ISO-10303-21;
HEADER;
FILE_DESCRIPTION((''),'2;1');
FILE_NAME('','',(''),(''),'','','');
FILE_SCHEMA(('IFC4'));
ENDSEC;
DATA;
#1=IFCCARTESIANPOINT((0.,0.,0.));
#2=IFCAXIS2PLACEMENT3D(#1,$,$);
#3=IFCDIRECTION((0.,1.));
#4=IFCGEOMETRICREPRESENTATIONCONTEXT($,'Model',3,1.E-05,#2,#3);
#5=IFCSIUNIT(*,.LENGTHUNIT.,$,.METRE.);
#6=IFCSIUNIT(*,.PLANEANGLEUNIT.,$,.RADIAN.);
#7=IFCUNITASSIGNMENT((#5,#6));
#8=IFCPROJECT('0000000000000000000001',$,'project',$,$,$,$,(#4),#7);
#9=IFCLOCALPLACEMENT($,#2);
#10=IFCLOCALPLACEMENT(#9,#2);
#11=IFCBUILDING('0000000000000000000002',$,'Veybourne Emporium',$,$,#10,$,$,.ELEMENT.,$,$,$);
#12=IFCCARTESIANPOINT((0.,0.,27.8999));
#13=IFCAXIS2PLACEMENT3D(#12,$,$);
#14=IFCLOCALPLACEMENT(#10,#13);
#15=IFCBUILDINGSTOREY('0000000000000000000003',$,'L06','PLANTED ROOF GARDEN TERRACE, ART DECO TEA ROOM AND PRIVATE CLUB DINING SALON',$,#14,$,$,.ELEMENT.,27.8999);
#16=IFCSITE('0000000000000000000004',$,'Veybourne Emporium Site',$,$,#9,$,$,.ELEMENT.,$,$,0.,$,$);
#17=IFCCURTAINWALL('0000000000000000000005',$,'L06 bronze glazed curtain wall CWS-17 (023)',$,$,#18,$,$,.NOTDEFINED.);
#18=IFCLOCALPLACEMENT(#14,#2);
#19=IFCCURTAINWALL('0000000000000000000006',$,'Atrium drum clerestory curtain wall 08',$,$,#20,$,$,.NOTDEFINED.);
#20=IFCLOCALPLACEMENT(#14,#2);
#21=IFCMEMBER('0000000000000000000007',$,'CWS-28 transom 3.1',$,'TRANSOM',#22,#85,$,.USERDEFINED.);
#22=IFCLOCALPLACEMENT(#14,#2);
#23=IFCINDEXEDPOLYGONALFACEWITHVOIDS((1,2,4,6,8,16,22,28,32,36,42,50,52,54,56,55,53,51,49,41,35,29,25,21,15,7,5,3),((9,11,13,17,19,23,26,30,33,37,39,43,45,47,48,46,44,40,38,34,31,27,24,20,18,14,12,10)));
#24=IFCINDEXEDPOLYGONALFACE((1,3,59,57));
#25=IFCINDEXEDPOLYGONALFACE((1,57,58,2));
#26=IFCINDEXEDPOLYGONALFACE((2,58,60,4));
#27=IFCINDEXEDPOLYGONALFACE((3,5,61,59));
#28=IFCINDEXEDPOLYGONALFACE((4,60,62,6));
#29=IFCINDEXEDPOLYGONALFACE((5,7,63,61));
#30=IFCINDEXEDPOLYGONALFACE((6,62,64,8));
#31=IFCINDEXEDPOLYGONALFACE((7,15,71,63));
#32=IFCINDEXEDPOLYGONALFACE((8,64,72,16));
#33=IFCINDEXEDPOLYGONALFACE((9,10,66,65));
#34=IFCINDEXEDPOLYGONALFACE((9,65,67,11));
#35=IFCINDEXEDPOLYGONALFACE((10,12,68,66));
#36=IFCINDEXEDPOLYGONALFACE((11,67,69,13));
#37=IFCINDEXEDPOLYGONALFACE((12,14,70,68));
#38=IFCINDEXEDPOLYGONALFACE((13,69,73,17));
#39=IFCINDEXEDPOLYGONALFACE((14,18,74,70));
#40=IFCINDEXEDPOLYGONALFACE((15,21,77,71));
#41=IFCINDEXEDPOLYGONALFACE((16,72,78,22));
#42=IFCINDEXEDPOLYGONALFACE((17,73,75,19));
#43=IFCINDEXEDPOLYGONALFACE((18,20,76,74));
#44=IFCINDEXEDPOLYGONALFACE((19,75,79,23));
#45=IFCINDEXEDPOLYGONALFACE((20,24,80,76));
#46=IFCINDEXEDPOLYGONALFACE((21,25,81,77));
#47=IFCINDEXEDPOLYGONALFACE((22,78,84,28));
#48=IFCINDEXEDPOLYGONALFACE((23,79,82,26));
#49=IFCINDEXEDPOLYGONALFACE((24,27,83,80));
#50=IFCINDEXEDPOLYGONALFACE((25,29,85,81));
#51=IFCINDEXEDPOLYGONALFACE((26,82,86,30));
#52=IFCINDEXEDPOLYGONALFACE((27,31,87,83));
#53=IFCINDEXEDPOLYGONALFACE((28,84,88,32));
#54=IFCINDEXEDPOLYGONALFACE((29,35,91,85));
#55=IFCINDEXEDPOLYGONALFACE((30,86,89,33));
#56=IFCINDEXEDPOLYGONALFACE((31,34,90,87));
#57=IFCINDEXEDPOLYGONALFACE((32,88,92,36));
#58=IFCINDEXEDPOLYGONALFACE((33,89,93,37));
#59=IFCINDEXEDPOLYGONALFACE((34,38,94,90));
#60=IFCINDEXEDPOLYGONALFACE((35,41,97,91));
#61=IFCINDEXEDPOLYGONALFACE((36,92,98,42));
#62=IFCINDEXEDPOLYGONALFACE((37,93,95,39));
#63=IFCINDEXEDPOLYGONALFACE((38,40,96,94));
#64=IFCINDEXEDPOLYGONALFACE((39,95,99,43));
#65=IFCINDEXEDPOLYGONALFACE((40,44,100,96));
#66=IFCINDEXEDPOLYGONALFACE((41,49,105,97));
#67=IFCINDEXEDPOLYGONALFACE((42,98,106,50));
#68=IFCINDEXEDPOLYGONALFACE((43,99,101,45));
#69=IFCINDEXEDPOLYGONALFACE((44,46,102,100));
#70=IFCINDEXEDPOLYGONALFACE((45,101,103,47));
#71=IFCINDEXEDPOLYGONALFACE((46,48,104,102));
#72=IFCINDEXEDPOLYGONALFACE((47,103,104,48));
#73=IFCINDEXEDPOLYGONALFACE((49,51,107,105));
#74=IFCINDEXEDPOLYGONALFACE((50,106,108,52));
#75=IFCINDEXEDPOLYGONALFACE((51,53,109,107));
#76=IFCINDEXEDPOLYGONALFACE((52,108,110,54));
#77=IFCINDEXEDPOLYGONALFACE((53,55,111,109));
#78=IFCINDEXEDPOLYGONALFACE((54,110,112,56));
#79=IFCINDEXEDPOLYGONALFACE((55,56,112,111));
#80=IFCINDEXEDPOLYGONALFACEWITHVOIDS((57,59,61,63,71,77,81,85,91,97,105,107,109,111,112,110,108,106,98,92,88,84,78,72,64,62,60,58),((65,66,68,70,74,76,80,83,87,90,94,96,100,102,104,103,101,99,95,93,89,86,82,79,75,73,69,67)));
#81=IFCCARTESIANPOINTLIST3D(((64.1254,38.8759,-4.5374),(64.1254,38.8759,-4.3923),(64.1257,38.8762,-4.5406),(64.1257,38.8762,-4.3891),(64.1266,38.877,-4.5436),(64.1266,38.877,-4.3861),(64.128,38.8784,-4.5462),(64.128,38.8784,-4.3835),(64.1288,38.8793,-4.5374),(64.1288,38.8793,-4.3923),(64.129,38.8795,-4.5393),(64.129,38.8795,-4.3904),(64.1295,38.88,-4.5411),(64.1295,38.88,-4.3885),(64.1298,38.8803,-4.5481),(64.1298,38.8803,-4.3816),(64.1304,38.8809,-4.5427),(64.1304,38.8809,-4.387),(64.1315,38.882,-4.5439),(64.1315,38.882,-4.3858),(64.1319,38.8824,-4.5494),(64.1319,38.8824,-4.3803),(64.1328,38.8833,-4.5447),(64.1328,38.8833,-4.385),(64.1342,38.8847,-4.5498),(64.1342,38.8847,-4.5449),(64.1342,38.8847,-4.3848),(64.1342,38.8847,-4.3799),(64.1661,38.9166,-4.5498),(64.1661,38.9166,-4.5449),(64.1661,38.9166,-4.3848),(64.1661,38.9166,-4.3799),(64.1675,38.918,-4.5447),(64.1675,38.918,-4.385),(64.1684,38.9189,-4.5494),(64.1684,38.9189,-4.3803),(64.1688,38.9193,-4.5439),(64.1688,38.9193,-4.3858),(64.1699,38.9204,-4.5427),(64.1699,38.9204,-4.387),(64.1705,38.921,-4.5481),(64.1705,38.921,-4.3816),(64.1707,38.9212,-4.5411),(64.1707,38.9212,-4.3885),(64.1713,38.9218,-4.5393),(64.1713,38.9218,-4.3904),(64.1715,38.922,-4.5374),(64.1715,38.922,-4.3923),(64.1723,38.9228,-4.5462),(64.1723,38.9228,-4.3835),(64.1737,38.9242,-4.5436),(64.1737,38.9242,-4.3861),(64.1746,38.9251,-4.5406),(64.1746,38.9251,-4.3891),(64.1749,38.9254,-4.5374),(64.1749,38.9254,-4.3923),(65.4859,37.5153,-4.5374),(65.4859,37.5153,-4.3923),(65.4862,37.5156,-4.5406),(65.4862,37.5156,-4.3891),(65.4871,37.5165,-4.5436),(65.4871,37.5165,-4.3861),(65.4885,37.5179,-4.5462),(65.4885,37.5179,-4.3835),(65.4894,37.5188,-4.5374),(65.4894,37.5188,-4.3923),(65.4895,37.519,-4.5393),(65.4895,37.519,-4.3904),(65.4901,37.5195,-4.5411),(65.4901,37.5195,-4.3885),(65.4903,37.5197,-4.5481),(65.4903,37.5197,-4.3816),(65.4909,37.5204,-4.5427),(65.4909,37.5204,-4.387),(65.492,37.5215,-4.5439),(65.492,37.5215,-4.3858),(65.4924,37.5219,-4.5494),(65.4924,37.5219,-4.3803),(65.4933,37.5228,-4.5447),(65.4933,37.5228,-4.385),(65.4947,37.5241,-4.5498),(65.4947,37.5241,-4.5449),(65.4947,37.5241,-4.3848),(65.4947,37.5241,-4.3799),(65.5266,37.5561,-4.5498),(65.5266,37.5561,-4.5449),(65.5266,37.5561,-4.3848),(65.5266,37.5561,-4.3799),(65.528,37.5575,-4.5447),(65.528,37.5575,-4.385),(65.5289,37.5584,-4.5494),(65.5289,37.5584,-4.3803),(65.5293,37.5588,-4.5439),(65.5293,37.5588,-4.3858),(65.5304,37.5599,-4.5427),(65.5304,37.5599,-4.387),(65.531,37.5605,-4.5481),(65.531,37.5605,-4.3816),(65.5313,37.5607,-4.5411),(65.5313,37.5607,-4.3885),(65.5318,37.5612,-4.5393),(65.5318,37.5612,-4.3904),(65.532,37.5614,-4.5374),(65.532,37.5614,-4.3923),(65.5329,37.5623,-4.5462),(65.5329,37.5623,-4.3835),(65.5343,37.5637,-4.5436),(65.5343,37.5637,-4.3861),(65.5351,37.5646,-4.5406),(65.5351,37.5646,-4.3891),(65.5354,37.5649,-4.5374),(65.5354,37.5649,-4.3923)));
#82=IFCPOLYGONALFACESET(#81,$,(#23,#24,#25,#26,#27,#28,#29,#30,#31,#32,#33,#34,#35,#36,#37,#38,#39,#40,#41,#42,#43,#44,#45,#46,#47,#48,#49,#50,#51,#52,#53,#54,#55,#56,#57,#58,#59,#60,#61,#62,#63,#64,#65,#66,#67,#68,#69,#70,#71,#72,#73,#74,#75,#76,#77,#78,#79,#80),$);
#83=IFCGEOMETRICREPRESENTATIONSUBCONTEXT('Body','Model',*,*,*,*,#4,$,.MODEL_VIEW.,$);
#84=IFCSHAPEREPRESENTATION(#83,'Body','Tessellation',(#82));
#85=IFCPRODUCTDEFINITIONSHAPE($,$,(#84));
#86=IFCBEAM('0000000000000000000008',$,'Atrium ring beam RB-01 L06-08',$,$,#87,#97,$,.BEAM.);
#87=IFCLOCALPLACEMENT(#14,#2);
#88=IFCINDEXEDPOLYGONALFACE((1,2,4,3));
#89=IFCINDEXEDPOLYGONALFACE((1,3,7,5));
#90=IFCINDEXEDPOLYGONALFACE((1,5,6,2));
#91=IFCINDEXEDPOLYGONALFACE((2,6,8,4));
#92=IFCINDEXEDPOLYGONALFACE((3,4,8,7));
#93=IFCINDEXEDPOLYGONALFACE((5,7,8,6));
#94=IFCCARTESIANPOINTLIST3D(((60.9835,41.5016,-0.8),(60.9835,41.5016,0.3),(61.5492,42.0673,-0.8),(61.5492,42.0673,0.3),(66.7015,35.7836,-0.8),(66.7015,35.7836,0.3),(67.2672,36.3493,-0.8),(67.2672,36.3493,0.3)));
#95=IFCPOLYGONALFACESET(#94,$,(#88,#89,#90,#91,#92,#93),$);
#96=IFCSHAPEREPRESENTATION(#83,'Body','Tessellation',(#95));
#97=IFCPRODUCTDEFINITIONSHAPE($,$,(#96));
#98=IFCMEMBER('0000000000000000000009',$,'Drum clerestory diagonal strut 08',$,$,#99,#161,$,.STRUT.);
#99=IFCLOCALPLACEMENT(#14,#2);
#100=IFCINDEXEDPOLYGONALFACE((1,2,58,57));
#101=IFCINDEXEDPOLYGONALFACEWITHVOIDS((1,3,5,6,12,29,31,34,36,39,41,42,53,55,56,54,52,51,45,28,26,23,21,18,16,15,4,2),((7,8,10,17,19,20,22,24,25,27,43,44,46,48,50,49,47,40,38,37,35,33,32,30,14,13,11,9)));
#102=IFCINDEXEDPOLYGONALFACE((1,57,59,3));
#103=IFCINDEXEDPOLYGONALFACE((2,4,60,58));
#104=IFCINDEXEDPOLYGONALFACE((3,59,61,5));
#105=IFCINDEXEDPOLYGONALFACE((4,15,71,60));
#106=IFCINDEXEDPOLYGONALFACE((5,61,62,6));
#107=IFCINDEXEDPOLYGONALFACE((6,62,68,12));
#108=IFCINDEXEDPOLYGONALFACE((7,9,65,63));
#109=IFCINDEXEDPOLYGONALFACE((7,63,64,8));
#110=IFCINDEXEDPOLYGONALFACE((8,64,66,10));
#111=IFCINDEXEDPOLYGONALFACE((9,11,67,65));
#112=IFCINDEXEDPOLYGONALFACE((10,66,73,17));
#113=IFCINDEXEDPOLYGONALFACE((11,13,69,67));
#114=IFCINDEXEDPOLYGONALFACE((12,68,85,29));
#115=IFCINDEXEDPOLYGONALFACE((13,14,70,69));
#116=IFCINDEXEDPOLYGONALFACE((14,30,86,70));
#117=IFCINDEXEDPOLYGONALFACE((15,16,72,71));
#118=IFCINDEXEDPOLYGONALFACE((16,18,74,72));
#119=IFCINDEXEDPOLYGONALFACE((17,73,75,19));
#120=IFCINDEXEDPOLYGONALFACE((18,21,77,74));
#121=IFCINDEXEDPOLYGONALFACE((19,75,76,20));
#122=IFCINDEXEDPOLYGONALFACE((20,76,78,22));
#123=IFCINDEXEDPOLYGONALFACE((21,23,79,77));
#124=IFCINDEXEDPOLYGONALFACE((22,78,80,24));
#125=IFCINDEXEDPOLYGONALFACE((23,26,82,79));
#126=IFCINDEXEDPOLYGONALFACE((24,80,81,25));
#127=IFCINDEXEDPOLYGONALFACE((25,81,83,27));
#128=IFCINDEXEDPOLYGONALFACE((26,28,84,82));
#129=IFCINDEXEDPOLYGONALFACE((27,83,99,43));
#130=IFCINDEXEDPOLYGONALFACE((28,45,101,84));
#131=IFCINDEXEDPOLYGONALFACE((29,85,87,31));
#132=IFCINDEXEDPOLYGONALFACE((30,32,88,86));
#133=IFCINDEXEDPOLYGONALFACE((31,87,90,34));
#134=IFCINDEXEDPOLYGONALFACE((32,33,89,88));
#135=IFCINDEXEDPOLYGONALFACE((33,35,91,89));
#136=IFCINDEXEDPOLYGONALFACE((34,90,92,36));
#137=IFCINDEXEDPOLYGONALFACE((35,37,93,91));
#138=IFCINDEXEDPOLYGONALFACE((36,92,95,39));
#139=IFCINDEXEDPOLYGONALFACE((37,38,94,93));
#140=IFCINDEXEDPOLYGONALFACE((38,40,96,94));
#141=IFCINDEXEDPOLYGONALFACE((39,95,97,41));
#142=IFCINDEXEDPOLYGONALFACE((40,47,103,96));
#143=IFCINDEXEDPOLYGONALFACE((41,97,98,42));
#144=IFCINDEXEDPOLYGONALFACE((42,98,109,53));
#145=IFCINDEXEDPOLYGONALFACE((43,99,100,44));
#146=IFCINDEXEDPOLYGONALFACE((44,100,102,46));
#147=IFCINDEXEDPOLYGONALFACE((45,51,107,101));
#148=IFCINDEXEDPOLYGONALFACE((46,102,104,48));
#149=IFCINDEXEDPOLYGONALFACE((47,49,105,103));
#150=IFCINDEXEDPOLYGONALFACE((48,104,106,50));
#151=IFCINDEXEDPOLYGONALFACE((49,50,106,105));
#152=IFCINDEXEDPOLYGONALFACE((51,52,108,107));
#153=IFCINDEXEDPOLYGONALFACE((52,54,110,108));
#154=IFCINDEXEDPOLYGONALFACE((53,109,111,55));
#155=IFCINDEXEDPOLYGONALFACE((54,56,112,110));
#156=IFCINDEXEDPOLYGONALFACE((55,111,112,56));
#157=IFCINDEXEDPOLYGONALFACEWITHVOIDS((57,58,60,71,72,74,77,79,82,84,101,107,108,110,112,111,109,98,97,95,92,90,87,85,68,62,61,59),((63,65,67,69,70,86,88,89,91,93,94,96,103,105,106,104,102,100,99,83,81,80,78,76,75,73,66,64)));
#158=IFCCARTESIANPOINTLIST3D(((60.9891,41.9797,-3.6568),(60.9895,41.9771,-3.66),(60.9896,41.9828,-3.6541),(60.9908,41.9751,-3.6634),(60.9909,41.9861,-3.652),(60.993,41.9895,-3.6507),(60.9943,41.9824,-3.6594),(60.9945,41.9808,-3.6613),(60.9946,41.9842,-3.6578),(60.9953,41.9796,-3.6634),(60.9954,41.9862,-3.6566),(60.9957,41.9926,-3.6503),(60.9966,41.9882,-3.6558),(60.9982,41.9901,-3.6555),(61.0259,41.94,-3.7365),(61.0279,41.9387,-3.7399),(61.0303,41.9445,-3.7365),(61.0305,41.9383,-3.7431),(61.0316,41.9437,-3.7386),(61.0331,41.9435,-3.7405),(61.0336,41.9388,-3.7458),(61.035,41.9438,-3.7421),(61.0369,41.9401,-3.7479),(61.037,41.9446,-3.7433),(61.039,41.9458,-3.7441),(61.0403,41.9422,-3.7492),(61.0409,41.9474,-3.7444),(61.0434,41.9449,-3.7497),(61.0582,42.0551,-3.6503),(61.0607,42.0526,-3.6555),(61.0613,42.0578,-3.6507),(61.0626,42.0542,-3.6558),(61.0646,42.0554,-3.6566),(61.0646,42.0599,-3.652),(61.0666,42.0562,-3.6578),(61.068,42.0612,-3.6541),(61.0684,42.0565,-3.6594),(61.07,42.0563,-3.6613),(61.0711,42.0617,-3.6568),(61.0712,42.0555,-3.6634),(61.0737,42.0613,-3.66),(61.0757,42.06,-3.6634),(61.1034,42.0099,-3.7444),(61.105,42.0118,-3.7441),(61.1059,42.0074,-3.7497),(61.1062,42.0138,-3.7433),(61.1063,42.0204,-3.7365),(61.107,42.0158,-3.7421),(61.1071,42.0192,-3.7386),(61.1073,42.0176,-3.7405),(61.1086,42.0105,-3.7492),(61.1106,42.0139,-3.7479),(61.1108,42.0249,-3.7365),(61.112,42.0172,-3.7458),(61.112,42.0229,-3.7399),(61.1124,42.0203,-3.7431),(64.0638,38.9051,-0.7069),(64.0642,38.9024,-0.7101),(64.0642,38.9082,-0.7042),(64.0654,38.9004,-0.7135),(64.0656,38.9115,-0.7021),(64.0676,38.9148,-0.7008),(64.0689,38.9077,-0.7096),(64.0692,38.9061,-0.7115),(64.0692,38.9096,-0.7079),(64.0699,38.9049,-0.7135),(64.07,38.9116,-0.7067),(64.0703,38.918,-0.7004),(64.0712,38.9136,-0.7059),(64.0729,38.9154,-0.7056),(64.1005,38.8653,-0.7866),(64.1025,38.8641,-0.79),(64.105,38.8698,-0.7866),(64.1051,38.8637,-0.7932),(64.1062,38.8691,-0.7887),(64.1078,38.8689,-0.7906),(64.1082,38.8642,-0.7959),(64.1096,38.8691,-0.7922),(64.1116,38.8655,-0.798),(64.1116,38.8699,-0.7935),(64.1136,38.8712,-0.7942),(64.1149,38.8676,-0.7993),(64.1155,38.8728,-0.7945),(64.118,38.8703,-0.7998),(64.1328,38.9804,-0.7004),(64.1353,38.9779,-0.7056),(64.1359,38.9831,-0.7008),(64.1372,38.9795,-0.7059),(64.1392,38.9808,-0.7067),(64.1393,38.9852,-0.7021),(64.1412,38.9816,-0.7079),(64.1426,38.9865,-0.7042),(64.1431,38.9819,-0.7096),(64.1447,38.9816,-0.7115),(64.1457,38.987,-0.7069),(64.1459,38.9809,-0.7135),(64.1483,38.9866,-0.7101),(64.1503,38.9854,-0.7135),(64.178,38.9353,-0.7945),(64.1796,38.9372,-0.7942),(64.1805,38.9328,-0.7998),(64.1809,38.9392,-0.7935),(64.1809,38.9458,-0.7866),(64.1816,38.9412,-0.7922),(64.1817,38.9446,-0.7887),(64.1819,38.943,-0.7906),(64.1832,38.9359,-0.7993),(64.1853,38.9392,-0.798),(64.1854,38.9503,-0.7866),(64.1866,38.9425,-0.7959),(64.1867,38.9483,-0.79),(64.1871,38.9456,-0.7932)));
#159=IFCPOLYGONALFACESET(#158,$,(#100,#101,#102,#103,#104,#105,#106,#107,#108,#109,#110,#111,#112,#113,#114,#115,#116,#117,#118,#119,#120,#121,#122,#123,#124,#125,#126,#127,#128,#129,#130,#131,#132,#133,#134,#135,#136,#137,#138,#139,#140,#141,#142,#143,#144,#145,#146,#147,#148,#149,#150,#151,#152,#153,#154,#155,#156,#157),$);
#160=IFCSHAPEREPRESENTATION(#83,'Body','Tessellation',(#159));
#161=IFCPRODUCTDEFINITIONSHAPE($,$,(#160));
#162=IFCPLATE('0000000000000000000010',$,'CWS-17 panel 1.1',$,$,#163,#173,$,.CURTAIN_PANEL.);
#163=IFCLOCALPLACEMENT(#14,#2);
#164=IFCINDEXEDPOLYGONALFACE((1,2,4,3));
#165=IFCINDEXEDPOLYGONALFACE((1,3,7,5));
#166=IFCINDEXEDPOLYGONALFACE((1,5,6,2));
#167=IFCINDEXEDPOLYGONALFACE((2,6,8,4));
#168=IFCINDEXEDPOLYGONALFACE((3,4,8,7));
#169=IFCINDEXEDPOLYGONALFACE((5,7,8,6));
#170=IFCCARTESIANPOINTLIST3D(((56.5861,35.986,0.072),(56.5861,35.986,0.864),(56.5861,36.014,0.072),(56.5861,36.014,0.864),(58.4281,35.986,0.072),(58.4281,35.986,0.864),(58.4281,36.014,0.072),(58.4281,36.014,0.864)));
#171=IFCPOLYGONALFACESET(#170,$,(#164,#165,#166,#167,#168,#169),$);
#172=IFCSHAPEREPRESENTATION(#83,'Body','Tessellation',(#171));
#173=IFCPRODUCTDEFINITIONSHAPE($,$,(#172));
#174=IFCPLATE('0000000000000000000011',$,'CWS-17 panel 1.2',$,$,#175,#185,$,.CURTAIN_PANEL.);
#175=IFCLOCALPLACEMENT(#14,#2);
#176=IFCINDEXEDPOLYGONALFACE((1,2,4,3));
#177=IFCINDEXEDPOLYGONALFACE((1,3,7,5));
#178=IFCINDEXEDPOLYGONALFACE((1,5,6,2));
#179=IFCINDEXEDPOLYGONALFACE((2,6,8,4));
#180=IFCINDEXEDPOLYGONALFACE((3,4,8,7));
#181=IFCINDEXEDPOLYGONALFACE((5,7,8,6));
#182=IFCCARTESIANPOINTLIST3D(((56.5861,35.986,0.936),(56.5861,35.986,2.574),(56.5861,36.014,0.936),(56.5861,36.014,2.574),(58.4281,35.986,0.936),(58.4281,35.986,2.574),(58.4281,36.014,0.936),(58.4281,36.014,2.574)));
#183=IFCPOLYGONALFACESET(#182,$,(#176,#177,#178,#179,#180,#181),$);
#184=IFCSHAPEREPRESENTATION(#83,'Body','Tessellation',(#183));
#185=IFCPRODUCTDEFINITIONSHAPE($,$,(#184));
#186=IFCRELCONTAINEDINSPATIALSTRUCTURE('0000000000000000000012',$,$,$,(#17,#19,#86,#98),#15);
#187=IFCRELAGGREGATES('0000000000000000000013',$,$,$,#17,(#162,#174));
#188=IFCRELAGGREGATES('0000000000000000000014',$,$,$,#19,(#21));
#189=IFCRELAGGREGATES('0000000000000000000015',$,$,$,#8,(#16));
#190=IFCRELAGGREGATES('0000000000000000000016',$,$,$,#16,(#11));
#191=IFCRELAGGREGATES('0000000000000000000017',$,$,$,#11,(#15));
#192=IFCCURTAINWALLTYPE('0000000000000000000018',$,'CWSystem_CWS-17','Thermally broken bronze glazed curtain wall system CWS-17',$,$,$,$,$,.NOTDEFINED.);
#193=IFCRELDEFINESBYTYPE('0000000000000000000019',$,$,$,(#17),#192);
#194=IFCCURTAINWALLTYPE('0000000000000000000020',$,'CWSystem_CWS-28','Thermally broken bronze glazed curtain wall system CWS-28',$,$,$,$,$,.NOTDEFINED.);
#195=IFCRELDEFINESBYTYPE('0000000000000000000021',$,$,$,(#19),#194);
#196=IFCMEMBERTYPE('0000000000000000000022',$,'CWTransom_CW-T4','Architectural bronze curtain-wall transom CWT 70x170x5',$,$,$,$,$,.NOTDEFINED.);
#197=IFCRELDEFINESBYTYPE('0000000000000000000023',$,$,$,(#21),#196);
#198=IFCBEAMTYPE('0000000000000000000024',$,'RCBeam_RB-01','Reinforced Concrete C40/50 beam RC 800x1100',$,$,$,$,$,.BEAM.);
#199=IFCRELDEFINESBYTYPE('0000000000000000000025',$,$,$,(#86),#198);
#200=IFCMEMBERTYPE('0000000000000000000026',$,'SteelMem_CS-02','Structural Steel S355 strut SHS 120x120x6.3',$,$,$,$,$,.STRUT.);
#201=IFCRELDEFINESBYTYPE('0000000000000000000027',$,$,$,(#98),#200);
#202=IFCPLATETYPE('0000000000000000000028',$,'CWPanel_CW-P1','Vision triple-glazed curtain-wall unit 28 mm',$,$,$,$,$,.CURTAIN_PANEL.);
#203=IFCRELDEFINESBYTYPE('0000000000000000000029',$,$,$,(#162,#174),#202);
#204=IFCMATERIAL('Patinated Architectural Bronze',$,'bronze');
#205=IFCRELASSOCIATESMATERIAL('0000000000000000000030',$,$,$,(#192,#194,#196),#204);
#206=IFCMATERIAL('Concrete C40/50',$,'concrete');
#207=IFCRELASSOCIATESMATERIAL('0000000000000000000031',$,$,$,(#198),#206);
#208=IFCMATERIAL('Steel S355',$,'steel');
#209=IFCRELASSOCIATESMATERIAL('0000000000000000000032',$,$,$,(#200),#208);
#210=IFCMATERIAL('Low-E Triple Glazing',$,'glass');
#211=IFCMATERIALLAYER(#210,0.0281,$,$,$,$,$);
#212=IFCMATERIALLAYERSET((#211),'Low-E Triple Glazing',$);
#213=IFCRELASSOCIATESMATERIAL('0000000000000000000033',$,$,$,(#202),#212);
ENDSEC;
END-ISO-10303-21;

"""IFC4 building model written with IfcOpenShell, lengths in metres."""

from ifc_helpers import new_model, si_unit, direction, frame, origin, origin_2d, place, context, subcontext, project, spatial, rectangle, hollow_rectangle, extrude, material, layer, layer_set, material_profile, profile_set, type_object, element, aggregate, save


model = new_model("IFC4")

# Units and contexts
model_context = context("Model", 3, precision=1e-05, world=origin(), true_north=direction((0.0, 1.0)))
body_context = subcontext(model_context, "Body", "Model", "MODEL_VIEW")
ifc_project = project(units=[si_unit("LENGTHUNIT", "METRE"), si_unit("PLANEANGLEUNIT", "RADIAN")], contexts=[model_context])

# Site, building, storey
site_placement = place(None, origin())
site = spatial("IfcSite", under=ifc_project, at=site_placement, Name="Veybourne Emporium Site", CompositionType="ELEMENT", RefElevation=0.0)
building_placement = place(site_placement, origin())
building = spatial("IfcBuilding", under=site, at=building_placement, Name="Veybourne Emporium", CompositionType="ELEMENT")
storey_placement = place(building_placement, frame((0.0, 0.0, 27.8999)))
storey = spatial("IfcBuildingStorey", under=building, at=storey_placement, Name="L06", Description="PLANTED ROOF GARDEN TERRACE, ART DECO TEA ROOM AND PRIVATE CLUB DINING SALON", CompositionType="ELEMENT", Elevation=27.8999)

# Shared definitions
ifc_material_1 = material(Name="Concrete C40/50", Category="concrete")

# Curtain wall
ifc_material_2 = material(Name="Patinated Architectural Bronze", Category="bronze")
curtain_wall_type_1 = type_object("IfcCurtainWallType", Name="CWSystem_CWS-17", Description="Thermally broken bronze glazed curtain wall system CWS-17", PredefinedType="NOTDEFINED", material=ifc_material_2)
curtain_wall_1_placement = place(storey_placement, origin())
curtain_wall_1 = element("IfcCurtainWall", 1, at=curtain_wall_1_placement, inside=storey, type_object=curtain_wall_type_1, Name="L06 bronze glazed curtain wall CWS-17 (023)", PredefinedType="NOTDEFINED")

# Curtain wall
curtain_wall_type_2 = type_object("IfcCurtainWallType", Name="CWSystem_CWS-28", Description="Thermally broken bronze glazed curtain wall system CWS-28", PredefinedType="NOTDEFINED", material=ifc_material_2)
curtain_wall_2_placement = place(storey_placement, origin())
curtain_wall_2 = element("IfcCurtainWall", 2, at=curtain_wall_2_placement, inside=storey, type_object=curtain_wall_type_2, Name="Atrium drum clerestory curtain wall 08", PredefinedType="NOTDEFINED")

# Member
ifc_material_profile_1 = material_profile(ifc_material_2, hollow_rectangle(XDim=0.0701, YDim=0.1699, WallThickness=0.0049, InnerFilletRadius=0.0076, OuterFilletRadius=0.0125, at=origin_2d()), Name="CWT 70x170x5")
ifc_profile_set_1 = profile_set([ifc_material_profile_1], Name="Patinated Architectural Bronze")
member_type_1 = type_object("IfcMemberType", Name="CWTransom_CW-T4", Description="Architectural bronze curtain-wall transom CWT 70x170x5", PredefinedType="NOTDEFINED", material=ifc_profile_set_1)
member_1_placement = place(storey_placement, frame((64.1501, 38.9006, -4.4648), z_axis=(0.707107, -0.707107, 0.0), x_axis=(0.707107, 0.707107, 0.0)))
member_1 = element("IfcMember", 3, at=member_1_placement, type_object=member_type_1, Name="CWS-28 transom 3.1", ObjectType="TRANSOM", PredefinedType="USERDEFINED", context=body_context, shape_type="SweptSolid", body=[
    extrude(hollow_rectangle(XDim=0.0701, YDim=0.1699, WallThickness=0.0049, InnerFilletRadius=0.0076, OuterFilletRadius=0.0125, at=origin_2d()), origin(), (0.0, 0.0, 1.0), 1.9241),
])

# Beam
ifc_material_profile_2 = material_profile(ifc_material_1, rectangle(XDim=0.8, YDim=1.1001, at=origin_2d()), Name="RC 800x1100")
ifc_profile_set_2 = profile_set([ifc_material_profile_2], Name="Concrete C40/50")
beam_type = type_object("IfcBeamType", Name="RCBeam_RB-01", Description="Reinforced Concrete C40/50 beam RC 800x1100", PredefinedType="BEAM", material=ifc_profile_set_2)
beam_placement = place(storey_placement, frame((61.2664, 41.7844, -0.25), z_axis=(0.707107, -0.707107, 0.0), x_axis=(0.707107, 0.707107, 0.0)))
element("IfcBeam", 4, at=beam_placement, inside=storey, type_object=beam_type, Name="Atrium ring beam RB-01 L06-08", PredefinedType="BEAM", context=body_context, shape_type="SweptSolid", body=[
    extrude(rectangle(XDim=0.8, YDim=1.1001, at=origin_2d()), origin(), (0.0, 0.0, 1.0), 8.0864),
])

# Member
ifc_material_3 = material(Name="Steel S355", Category="steel")
ifc_material_profile_3 = material_profile(ifc_material_3, hollow_rectangle(XDim=0.1201, YDim=0.1201, WallThickness=0.0063, InnerFilletRadius=0.0095, OuterFilletRadius=0.0159, at=origin_2d()), Name="SHS 120x120x6.3")
ifc_profile_set_3 = profile_set([ifc_material_profile_3], Name="Steel S355")
member_type_2 = type_object("IfcMemberType", Name="SteelMem_CS-02", Description="Structural Steel S355 strut SHS 120x120x6.3", PredefinedType="STRUT", material=ifc_profile_set_3)
member_2_placement = place(storey_placement, frame((61.0508, 42.0, -3.7), z_axis=(0.585156, -0.585156, 0.561413), x_axis=(0.707107, 0.707107, 0.0)))
element("IfcMember", 5, at=member_2_placement, inside=storey, type_object=member_type_2, Name="Drum clerestory diagonal strut 08", PredefinedType="STRUT", context=body_context, shape_type="SweptSolid", body=[
    extrude(hollow_rectangle(XDim=0.1201, YDim=0.1201, WallThickness=0.0063, InnerFilletRadius=0.0095, OuterFilletRadius=0.0159, at=origin_2d()), origin(), (0.0, 0.0, 1.0), 5.2544),
])

# Plates
ifc_material_4 = material(Name="Low-E Triple Glazing", Category="glass")
ifc_layer_1 = layer(ifc_material_4, 0.0281)
ifc_layer_set_1 = layer_set([ifc_layer_1], Name="Low-E Triple Glazing")
plate_type = type_object("IfcPlateType", Name="CWPanel_CW-P1", Description="Vision triple-glazed curtain-wall unit 28 mm", PredefinedType="CURTAIN_PANEL", material=ifc_layer_set_1)
plate_1_placement = place(storey_placement, frame((57.5071, 36.0, 0.072), z_axis=(0.0, 0.0, 1.0), x_axis=(-1.0, 0.0, 0.0)))
plate_1 = element("IfcPlate", 6, at=plate_1_placement, type_object=plate_type, Name="CWS-17 panel 1.1", PredefinedType="CURTAIN_PANEL", context=body_context, shape_type="SweptSolid", body=[
    extrude(rectangle(XDim=1.842, YDim=0.0281, at=origin_2d()), origin(), (0.0, 0.0, 1.0), 0.792),
])
plate_2_placement = place(storey_placement, frame((57.5071, 36.0, 0.936), z_axis=(0.0, 0.0, 1.0), x_axis=(-1.0, 0.0, 0.0)))
plate_2 = element("IfcPlate", 7, at=plate_2_placement, type_object=plate_type, Name="CWS-17 panel 1.2", PredefinedType="CURTAIN_PANEL", context=body_context, shape_type="SweptSolid", body=[
    extrude(rectangle(XDim=1.842, YDim=0.0281, at=origin_2d()), origin(), (0.0, 0.0, 1.0), 1.6379),
])
aggregate(curtain_wall_1, [plate_1, plate_2])
aggregate(curtain_wall_2, [member_1])

save(model, "model.ifc")
